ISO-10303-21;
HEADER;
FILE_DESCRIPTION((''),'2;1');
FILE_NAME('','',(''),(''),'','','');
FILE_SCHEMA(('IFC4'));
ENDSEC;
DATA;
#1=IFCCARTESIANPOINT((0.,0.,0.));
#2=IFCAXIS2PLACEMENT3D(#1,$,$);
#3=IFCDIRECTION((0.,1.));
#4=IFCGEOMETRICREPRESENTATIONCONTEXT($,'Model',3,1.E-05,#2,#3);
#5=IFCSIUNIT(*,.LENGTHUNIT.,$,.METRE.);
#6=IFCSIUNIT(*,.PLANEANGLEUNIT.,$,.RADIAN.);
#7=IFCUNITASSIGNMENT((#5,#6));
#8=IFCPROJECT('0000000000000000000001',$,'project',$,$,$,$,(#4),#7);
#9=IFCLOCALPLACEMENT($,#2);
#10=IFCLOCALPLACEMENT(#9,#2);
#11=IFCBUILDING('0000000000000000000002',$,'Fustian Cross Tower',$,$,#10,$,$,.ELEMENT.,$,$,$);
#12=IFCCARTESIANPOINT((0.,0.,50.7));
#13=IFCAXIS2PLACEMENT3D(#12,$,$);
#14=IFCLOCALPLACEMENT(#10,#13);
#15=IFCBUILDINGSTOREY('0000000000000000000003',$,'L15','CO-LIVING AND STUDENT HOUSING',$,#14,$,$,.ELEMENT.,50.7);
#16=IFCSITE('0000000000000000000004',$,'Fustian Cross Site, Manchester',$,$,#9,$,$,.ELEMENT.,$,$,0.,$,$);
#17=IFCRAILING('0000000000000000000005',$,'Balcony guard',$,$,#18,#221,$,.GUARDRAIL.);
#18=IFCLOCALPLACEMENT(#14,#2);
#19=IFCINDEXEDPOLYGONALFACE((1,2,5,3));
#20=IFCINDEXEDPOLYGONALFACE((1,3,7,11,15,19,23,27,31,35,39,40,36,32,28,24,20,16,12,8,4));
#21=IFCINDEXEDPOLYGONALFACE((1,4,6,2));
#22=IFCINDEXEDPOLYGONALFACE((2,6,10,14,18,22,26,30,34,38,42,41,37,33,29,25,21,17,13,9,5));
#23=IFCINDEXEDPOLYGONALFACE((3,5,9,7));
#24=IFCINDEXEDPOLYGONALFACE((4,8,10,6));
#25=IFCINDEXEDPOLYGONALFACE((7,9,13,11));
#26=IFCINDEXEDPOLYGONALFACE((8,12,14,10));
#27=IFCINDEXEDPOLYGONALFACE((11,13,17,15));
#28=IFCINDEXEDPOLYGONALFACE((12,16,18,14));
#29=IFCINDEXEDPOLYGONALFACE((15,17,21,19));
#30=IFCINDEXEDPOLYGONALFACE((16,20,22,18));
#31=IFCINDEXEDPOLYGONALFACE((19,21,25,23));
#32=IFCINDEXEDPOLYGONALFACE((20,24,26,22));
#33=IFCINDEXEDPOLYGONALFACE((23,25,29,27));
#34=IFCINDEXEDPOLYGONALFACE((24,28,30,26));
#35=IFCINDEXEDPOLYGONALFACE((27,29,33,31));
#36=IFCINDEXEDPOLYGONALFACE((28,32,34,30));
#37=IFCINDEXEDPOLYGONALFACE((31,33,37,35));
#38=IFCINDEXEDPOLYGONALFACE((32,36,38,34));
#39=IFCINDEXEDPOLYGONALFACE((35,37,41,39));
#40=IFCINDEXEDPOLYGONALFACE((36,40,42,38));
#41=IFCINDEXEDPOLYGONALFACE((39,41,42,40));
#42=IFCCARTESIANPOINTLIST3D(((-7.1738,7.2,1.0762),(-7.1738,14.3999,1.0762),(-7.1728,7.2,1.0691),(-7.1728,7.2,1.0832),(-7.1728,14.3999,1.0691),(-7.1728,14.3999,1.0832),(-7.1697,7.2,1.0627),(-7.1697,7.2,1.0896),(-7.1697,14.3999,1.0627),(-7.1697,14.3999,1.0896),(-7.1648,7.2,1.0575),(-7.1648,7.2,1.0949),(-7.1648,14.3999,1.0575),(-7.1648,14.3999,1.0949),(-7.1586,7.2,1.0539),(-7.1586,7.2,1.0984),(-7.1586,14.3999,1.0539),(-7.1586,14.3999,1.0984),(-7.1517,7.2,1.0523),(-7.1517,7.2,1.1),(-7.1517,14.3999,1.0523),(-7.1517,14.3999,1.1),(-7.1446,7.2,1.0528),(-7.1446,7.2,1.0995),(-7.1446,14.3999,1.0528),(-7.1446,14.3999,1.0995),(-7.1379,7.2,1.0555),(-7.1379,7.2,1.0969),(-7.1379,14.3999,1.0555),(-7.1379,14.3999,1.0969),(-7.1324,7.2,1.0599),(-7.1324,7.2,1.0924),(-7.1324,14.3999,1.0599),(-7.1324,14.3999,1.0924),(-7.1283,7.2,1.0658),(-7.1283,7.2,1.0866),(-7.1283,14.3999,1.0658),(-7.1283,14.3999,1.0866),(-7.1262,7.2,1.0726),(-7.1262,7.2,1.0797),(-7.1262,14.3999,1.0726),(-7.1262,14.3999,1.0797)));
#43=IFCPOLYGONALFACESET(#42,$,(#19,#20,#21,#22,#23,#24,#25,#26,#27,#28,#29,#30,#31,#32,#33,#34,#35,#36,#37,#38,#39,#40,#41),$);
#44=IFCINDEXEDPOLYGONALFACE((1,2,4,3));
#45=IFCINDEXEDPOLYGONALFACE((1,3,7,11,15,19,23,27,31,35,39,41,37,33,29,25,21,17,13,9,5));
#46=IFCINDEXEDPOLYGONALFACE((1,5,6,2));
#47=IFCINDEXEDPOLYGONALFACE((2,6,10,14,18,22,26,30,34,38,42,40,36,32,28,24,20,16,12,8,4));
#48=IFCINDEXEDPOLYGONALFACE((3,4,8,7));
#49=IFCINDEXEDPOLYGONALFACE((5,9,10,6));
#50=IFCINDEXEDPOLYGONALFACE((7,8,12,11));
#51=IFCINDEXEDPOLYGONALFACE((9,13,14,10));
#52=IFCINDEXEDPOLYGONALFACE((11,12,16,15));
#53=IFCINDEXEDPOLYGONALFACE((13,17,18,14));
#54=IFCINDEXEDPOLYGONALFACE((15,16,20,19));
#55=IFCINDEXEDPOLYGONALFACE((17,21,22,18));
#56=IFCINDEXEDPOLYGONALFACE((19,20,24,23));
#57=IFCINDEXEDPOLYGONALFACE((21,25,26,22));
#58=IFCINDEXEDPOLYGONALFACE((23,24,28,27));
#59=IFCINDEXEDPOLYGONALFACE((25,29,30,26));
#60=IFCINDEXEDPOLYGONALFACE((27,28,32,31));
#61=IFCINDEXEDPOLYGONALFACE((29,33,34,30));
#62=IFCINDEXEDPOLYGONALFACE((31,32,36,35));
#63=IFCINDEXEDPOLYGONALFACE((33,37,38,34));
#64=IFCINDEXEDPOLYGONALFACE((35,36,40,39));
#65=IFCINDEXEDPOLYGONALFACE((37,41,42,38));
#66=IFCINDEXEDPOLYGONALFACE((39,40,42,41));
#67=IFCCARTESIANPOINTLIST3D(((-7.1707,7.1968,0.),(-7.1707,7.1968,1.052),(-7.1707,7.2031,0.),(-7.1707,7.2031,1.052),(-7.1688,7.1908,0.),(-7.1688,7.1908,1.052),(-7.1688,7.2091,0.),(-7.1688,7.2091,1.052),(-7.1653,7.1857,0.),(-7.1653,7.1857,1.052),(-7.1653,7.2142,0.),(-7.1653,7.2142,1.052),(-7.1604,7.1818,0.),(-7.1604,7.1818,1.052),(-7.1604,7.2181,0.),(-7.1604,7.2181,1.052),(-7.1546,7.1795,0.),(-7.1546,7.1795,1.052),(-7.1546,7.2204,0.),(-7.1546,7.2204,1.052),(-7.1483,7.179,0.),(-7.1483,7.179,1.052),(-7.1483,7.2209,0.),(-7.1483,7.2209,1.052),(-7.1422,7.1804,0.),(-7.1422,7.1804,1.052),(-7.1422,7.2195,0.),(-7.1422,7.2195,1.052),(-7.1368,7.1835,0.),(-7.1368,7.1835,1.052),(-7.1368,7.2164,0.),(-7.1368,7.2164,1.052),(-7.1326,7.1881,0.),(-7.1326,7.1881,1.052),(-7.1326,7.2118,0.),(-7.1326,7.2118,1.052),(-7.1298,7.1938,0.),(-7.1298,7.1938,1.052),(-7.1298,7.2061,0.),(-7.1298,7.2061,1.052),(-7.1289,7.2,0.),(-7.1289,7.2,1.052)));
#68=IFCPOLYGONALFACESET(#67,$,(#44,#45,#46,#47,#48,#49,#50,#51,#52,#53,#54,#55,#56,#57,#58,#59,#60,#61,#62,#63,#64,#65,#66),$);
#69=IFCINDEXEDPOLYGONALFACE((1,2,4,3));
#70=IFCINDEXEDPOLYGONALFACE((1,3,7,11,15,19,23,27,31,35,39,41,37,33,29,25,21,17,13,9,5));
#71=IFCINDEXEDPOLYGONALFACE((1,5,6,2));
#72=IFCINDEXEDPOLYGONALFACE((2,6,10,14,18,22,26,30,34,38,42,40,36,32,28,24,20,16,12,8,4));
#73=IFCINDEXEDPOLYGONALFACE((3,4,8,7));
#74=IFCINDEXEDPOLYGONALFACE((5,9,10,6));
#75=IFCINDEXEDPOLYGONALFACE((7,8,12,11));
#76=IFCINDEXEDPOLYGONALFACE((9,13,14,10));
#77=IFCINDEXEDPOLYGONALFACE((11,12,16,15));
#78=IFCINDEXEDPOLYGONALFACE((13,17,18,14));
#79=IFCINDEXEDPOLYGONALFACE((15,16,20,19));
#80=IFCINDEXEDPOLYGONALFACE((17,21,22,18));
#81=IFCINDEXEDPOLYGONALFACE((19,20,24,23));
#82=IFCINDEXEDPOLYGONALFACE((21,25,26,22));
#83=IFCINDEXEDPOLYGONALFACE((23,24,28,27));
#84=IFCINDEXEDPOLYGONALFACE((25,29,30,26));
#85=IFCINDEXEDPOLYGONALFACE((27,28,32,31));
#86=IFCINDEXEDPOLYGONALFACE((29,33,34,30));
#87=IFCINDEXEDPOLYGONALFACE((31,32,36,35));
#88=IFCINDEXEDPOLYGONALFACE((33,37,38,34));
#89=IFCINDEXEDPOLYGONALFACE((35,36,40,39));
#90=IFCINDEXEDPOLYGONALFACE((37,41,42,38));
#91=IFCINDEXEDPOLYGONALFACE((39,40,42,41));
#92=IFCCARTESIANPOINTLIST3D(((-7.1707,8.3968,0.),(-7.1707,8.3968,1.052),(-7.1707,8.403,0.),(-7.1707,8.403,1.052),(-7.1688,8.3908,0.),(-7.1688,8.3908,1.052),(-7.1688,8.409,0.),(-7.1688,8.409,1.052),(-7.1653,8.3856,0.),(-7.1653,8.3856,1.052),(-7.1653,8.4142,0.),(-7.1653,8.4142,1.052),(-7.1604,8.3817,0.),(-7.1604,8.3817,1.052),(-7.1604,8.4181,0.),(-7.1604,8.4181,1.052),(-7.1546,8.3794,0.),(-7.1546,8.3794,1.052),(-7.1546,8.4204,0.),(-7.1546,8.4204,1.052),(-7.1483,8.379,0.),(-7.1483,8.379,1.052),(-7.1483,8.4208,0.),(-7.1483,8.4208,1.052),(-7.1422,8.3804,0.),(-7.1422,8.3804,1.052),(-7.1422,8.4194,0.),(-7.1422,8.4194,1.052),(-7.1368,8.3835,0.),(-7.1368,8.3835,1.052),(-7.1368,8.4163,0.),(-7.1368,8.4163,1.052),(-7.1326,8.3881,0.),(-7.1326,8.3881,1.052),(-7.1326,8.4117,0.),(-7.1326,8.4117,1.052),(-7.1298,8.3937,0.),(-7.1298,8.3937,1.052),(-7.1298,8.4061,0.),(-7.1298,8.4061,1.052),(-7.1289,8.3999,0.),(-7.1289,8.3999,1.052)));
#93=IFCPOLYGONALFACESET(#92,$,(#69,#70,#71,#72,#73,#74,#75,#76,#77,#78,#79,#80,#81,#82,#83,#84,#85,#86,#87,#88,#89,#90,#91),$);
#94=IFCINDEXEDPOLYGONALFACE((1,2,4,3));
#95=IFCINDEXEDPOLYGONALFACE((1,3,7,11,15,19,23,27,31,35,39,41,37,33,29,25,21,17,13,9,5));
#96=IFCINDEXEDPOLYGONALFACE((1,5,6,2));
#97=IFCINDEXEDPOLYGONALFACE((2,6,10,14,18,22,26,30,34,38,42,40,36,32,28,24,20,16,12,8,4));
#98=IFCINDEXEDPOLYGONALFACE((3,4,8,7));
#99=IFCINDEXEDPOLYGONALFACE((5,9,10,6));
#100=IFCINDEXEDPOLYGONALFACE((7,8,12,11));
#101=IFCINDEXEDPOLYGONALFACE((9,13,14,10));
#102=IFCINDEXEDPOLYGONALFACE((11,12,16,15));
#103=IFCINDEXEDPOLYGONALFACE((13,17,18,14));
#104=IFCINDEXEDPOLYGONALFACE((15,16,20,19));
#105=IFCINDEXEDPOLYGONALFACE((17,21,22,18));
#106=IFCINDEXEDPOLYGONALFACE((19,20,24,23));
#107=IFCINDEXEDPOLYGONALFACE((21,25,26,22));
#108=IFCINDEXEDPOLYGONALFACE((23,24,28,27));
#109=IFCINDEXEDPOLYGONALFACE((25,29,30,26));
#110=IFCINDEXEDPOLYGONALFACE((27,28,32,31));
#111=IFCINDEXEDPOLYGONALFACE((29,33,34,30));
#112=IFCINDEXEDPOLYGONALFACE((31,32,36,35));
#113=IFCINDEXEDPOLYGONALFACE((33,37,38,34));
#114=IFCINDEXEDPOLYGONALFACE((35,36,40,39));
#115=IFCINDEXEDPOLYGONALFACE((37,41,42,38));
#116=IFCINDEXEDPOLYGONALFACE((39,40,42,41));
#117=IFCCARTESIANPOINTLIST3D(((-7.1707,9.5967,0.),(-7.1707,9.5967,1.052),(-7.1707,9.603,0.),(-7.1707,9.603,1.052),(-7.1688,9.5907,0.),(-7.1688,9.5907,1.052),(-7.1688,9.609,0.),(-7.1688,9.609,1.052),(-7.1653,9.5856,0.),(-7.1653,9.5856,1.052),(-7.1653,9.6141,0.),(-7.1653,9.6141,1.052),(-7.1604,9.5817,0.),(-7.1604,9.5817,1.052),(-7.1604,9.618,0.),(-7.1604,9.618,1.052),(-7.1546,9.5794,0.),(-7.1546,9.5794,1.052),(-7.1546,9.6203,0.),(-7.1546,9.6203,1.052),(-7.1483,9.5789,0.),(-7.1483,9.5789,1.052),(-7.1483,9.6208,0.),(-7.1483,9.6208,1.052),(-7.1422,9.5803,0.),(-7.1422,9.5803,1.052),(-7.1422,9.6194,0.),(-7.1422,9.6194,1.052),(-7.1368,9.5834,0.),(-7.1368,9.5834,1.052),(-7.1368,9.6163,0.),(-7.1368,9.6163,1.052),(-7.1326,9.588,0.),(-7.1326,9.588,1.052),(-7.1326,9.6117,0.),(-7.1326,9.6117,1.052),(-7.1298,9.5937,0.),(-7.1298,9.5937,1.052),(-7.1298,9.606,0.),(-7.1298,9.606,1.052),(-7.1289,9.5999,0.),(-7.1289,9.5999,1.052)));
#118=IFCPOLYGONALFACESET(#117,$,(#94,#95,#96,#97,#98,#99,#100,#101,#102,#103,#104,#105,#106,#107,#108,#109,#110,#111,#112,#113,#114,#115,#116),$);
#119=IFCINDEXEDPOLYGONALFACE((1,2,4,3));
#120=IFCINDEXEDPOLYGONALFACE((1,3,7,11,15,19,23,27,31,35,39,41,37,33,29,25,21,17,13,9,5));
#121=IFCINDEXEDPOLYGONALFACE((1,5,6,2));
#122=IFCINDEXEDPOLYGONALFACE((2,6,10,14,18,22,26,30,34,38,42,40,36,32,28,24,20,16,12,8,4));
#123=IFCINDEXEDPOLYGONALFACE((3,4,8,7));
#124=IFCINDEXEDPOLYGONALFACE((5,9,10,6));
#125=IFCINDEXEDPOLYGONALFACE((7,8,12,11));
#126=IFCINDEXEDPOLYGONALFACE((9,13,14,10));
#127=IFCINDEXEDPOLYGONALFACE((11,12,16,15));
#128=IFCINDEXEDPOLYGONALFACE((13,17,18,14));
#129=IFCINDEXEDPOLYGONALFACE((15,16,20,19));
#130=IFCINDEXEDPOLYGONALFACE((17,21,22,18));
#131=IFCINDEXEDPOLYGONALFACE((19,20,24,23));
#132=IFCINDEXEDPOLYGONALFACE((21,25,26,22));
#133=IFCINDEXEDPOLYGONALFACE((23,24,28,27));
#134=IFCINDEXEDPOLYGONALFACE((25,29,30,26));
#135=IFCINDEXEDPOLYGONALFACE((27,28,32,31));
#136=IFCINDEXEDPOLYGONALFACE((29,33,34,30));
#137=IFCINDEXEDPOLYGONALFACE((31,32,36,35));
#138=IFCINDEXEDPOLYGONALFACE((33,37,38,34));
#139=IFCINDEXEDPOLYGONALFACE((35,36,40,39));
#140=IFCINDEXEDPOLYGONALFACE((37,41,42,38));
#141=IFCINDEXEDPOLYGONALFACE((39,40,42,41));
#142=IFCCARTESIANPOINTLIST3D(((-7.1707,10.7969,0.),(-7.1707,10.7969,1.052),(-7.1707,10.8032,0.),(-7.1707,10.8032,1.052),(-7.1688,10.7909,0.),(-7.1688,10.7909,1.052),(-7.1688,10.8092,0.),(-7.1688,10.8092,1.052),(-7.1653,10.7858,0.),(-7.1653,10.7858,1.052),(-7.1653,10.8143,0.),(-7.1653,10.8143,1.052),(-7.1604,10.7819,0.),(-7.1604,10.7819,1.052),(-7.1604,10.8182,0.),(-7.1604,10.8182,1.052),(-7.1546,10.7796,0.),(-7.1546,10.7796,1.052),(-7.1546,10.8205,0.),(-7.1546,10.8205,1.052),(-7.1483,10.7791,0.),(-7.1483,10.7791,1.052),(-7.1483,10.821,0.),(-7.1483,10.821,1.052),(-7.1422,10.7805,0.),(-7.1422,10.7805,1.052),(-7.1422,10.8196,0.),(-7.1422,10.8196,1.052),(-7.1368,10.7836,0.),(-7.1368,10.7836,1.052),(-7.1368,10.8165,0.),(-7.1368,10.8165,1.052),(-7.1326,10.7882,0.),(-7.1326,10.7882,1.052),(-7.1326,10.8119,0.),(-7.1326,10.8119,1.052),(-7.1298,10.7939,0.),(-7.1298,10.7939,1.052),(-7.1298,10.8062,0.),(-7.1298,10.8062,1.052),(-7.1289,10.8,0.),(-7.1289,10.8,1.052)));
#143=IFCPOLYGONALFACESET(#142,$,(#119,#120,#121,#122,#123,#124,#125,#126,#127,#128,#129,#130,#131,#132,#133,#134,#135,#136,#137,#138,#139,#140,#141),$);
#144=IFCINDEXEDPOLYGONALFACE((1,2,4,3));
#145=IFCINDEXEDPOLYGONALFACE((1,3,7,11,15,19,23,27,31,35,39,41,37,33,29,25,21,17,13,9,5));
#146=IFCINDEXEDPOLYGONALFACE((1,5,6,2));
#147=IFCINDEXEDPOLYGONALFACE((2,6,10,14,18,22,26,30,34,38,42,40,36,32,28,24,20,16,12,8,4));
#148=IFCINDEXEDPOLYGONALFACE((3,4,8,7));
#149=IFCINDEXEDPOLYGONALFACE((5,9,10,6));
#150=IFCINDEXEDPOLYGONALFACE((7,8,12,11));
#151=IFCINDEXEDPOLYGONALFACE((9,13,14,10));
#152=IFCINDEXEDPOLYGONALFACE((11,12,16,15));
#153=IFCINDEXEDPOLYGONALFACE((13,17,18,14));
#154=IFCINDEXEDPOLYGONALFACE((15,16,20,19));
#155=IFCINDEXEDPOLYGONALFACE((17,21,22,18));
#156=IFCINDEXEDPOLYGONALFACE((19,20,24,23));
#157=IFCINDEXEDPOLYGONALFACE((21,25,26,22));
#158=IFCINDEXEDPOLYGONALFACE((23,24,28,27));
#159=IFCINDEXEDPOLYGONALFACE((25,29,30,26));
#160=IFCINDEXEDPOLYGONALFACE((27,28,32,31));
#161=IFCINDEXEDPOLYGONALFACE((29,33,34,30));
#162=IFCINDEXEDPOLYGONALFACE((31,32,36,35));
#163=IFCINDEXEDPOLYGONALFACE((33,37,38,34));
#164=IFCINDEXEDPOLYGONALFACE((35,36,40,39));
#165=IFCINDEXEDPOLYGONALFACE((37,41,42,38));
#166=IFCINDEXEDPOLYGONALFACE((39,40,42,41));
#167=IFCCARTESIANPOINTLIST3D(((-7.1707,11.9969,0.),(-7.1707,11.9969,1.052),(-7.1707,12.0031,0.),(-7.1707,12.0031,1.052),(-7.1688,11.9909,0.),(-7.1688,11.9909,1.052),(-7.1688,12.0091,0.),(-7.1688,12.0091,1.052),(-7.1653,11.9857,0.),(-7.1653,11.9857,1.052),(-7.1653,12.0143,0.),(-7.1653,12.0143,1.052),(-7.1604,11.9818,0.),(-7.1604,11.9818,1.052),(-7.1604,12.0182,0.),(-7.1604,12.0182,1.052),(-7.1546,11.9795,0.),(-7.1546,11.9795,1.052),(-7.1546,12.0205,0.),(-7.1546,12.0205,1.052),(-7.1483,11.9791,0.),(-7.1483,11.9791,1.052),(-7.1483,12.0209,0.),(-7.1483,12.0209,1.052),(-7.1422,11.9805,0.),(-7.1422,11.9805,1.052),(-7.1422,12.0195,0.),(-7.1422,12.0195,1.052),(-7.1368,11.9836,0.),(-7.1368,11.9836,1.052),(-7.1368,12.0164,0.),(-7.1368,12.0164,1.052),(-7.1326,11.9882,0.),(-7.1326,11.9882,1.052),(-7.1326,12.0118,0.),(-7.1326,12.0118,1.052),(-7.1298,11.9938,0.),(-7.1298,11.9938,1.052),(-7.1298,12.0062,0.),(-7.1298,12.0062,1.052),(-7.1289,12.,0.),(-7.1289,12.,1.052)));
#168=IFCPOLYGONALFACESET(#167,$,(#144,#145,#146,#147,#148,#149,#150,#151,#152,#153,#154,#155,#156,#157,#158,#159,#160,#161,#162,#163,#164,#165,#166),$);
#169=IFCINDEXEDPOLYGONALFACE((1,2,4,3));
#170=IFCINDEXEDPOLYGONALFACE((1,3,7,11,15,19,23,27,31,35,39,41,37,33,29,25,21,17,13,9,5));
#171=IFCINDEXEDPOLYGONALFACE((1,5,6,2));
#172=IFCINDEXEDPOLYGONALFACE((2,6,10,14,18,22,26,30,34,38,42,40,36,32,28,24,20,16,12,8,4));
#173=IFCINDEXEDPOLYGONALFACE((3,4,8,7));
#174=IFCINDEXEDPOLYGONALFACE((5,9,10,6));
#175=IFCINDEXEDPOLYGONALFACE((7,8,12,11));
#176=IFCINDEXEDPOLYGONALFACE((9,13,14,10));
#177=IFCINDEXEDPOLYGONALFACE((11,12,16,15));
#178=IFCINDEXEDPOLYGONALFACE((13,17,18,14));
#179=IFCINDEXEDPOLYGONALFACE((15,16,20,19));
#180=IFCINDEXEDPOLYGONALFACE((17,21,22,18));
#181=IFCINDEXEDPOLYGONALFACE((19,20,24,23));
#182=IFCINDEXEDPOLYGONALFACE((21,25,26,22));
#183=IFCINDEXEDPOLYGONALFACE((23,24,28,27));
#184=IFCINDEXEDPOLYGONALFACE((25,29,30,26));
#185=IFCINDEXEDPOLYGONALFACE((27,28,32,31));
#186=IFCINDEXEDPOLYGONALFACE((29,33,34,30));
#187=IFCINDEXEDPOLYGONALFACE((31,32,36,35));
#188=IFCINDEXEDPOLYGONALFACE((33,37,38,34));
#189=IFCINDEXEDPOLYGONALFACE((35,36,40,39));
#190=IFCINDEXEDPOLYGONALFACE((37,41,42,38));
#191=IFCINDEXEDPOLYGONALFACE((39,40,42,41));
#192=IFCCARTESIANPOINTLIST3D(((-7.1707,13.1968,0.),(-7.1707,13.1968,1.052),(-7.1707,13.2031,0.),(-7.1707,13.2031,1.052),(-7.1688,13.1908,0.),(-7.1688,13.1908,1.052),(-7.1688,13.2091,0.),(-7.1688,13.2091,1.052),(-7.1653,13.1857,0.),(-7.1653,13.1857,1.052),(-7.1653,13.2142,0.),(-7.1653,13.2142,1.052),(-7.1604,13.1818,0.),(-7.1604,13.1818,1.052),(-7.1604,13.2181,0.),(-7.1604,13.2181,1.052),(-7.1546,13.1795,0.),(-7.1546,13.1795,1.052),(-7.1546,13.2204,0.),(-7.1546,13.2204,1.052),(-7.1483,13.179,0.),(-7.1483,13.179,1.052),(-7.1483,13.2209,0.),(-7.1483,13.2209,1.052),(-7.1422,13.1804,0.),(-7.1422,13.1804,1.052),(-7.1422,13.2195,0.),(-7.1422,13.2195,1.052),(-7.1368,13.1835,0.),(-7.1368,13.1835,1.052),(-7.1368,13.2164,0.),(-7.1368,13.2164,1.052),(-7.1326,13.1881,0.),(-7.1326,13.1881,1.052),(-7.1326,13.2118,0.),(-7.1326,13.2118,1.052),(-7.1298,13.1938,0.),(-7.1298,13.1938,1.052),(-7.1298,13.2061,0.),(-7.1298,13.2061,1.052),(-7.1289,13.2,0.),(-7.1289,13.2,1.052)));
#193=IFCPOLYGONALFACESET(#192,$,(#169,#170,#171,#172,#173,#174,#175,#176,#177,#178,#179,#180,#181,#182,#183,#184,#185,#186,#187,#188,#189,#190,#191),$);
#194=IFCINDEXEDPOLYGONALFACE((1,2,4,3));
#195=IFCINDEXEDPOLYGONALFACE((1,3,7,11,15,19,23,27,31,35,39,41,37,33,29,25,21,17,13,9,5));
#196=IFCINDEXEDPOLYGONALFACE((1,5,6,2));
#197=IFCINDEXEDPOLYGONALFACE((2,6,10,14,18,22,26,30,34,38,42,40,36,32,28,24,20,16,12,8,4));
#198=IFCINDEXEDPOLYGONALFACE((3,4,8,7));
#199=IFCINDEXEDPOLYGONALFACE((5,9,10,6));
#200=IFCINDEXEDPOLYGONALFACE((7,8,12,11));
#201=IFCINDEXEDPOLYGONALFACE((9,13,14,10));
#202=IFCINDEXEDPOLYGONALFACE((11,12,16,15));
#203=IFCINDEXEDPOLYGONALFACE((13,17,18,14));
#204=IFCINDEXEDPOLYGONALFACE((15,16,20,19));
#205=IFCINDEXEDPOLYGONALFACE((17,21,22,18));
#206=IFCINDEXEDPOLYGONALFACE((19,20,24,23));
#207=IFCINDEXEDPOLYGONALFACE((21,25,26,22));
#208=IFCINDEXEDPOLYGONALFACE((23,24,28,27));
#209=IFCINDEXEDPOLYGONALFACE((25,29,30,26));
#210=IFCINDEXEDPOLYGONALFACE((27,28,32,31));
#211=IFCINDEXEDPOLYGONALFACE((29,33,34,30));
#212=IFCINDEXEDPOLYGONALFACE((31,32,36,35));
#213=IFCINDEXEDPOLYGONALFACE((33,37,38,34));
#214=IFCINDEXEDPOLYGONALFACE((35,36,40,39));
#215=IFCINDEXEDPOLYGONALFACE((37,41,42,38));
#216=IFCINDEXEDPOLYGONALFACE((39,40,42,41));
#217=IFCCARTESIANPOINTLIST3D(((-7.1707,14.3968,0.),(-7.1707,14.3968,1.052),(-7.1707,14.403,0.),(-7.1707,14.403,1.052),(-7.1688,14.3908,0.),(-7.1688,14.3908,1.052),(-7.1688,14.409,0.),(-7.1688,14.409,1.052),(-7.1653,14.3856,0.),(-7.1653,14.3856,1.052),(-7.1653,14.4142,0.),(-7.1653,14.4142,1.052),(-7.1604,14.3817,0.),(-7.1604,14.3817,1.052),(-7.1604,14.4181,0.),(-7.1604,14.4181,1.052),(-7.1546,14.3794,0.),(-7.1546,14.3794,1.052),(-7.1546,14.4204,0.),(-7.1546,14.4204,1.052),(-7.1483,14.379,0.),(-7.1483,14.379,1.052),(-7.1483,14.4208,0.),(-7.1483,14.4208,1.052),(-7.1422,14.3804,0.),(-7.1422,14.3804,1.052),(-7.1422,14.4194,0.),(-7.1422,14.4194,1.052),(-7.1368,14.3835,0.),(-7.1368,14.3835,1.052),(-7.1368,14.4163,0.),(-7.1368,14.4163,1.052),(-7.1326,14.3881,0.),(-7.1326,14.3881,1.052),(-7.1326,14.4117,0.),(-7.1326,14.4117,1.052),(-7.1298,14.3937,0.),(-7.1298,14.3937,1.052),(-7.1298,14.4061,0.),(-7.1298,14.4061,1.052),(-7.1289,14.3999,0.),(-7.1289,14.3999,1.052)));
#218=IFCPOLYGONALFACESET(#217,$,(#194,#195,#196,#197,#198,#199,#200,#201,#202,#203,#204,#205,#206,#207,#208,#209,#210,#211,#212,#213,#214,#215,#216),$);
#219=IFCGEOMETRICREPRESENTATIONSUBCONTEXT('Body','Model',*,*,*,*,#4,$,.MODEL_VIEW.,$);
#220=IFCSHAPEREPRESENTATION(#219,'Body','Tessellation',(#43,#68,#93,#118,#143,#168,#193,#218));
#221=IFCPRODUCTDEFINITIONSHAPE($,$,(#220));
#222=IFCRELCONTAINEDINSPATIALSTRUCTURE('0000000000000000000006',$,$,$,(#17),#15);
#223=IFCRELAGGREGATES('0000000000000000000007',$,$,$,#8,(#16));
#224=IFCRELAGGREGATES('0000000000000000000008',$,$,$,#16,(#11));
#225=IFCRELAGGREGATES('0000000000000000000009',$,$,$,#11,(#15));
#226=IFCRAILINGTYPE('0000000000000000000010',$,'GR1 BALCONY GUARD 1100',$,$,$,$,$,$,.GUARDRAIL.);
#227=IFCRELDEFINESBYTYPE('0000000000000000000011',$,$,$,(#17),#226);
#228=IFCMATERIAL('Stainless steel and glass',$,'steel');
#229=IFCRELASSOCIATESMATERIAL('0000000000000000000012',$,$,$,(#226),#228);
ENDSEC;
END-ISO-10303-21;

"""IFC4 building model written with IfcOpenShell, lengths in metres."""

from ifc_helpers import new_model, si_unit, direction, frame, origin, origin_2d, place, context, subcontext, project, spatial, circle, extrude, material, type_object, element, save


model = new_model("IFC4")

# Units and contexts
model_context = context("Model", 3, precision=1e-05, world=origin(), true_north=direction((0.0, 1.0)))
body_context = subcontext(model_context, "Body", "Model", "MODEL_VIEW")
ifc_project = project(units=[si_unit("LENGTHUNIT", "METRE"), si_unit("PLANEANGLEUNIT", "RADIAN")], contexts=[model_context])

# Site, building, storey
site_placement = place(None, origin())
site = spatial("IfcSite", under=ifc_project, at=site_placement, Name="Fustian Cross Site, Manchester", CompositionType="ELEMENT", RefElevation=0.0)
building_placement = place(site_placement, origin())
building = spatial("IfcBuilding", under=site, at=building_placement, Name="Fustian Cross Tower", CompositionType="ELEMENT")
storey_placement = place(building_placement, frame((0.0, 0.0, 50.7)))
storey = spatial("IfcBuildingStorey", under=building, at=storey_placement, Name="L15", Description="CO-LIVING AND STUDENT HOUSING", CompositionType="ELEMENT", Elevation=50.7)

# Railing
ifc_material_1 = material(Name="Stainless steel and glass", Category="steel")
railing_type = type_object("IfcRailingType", Name="GR1 BALCONY GUARD 1100", PredefinedType="GUARDRAIL", material=ifc_material_1)
railing_placement = place(storey_placement, frame((-7.1499, 7.2, 0.0)))
element("IfcRailing", 1, at=railing_placement, inside=storey, type_object=railing_type, Name="Balcony guard", PredefinedType="GUARDRAIL", context=body_context, shape_type="SweptSolid", body=[
    extrude(circle(Radius=0.0239, at=origin_2d()), frame((0.0, 0.0, 1.0762), z_axis=(0.0, 1.0, 0.0), x_axis=(-1.0, 0.0, 0.0)), (0.0, 0.0, 1.0), 7.2),
    extrude(circle(Radius=0.021, at=origin_2d()), origin(), (0.0, 0.0, 1.0), 1.052),
    extrude(circle(Radius=0.021, at=origin_2d()), frame((0.0, 1.2, 0.0)), (0.0, 0.0, 1.0), 1.052),
    extrude(circle(Radius=0.021, at=origin_2d()), frame((0.0, 2.3999, 0.0)), (0.0, 0.0, 1.0), 1.052),
    extrude(circle(Radius=0.021, at=origin_2d()), frame((0.0, 3.6001, 0.0)), (0.0, 0.0, 1.0), 1.052),
    extrude(circle(Radius=0.021, at=origin_2d()), frame((0.0, 4.8, 0.0)), (0.0, 0.0, 1.0), 1.052),
    extrude(circle(Radius=0.021, at=origin_2d()), frame((0.0, 6.0, 0.0)), (0.0, 0.0, 1.0), 1.052),
    extrude(circle(Radius=0.021, at=origin_2d()), frame((0.0, 7.2, 0.0)), (0.0, 0.0, 1.0), 1.052),
])

save(model, "model.ifc")
